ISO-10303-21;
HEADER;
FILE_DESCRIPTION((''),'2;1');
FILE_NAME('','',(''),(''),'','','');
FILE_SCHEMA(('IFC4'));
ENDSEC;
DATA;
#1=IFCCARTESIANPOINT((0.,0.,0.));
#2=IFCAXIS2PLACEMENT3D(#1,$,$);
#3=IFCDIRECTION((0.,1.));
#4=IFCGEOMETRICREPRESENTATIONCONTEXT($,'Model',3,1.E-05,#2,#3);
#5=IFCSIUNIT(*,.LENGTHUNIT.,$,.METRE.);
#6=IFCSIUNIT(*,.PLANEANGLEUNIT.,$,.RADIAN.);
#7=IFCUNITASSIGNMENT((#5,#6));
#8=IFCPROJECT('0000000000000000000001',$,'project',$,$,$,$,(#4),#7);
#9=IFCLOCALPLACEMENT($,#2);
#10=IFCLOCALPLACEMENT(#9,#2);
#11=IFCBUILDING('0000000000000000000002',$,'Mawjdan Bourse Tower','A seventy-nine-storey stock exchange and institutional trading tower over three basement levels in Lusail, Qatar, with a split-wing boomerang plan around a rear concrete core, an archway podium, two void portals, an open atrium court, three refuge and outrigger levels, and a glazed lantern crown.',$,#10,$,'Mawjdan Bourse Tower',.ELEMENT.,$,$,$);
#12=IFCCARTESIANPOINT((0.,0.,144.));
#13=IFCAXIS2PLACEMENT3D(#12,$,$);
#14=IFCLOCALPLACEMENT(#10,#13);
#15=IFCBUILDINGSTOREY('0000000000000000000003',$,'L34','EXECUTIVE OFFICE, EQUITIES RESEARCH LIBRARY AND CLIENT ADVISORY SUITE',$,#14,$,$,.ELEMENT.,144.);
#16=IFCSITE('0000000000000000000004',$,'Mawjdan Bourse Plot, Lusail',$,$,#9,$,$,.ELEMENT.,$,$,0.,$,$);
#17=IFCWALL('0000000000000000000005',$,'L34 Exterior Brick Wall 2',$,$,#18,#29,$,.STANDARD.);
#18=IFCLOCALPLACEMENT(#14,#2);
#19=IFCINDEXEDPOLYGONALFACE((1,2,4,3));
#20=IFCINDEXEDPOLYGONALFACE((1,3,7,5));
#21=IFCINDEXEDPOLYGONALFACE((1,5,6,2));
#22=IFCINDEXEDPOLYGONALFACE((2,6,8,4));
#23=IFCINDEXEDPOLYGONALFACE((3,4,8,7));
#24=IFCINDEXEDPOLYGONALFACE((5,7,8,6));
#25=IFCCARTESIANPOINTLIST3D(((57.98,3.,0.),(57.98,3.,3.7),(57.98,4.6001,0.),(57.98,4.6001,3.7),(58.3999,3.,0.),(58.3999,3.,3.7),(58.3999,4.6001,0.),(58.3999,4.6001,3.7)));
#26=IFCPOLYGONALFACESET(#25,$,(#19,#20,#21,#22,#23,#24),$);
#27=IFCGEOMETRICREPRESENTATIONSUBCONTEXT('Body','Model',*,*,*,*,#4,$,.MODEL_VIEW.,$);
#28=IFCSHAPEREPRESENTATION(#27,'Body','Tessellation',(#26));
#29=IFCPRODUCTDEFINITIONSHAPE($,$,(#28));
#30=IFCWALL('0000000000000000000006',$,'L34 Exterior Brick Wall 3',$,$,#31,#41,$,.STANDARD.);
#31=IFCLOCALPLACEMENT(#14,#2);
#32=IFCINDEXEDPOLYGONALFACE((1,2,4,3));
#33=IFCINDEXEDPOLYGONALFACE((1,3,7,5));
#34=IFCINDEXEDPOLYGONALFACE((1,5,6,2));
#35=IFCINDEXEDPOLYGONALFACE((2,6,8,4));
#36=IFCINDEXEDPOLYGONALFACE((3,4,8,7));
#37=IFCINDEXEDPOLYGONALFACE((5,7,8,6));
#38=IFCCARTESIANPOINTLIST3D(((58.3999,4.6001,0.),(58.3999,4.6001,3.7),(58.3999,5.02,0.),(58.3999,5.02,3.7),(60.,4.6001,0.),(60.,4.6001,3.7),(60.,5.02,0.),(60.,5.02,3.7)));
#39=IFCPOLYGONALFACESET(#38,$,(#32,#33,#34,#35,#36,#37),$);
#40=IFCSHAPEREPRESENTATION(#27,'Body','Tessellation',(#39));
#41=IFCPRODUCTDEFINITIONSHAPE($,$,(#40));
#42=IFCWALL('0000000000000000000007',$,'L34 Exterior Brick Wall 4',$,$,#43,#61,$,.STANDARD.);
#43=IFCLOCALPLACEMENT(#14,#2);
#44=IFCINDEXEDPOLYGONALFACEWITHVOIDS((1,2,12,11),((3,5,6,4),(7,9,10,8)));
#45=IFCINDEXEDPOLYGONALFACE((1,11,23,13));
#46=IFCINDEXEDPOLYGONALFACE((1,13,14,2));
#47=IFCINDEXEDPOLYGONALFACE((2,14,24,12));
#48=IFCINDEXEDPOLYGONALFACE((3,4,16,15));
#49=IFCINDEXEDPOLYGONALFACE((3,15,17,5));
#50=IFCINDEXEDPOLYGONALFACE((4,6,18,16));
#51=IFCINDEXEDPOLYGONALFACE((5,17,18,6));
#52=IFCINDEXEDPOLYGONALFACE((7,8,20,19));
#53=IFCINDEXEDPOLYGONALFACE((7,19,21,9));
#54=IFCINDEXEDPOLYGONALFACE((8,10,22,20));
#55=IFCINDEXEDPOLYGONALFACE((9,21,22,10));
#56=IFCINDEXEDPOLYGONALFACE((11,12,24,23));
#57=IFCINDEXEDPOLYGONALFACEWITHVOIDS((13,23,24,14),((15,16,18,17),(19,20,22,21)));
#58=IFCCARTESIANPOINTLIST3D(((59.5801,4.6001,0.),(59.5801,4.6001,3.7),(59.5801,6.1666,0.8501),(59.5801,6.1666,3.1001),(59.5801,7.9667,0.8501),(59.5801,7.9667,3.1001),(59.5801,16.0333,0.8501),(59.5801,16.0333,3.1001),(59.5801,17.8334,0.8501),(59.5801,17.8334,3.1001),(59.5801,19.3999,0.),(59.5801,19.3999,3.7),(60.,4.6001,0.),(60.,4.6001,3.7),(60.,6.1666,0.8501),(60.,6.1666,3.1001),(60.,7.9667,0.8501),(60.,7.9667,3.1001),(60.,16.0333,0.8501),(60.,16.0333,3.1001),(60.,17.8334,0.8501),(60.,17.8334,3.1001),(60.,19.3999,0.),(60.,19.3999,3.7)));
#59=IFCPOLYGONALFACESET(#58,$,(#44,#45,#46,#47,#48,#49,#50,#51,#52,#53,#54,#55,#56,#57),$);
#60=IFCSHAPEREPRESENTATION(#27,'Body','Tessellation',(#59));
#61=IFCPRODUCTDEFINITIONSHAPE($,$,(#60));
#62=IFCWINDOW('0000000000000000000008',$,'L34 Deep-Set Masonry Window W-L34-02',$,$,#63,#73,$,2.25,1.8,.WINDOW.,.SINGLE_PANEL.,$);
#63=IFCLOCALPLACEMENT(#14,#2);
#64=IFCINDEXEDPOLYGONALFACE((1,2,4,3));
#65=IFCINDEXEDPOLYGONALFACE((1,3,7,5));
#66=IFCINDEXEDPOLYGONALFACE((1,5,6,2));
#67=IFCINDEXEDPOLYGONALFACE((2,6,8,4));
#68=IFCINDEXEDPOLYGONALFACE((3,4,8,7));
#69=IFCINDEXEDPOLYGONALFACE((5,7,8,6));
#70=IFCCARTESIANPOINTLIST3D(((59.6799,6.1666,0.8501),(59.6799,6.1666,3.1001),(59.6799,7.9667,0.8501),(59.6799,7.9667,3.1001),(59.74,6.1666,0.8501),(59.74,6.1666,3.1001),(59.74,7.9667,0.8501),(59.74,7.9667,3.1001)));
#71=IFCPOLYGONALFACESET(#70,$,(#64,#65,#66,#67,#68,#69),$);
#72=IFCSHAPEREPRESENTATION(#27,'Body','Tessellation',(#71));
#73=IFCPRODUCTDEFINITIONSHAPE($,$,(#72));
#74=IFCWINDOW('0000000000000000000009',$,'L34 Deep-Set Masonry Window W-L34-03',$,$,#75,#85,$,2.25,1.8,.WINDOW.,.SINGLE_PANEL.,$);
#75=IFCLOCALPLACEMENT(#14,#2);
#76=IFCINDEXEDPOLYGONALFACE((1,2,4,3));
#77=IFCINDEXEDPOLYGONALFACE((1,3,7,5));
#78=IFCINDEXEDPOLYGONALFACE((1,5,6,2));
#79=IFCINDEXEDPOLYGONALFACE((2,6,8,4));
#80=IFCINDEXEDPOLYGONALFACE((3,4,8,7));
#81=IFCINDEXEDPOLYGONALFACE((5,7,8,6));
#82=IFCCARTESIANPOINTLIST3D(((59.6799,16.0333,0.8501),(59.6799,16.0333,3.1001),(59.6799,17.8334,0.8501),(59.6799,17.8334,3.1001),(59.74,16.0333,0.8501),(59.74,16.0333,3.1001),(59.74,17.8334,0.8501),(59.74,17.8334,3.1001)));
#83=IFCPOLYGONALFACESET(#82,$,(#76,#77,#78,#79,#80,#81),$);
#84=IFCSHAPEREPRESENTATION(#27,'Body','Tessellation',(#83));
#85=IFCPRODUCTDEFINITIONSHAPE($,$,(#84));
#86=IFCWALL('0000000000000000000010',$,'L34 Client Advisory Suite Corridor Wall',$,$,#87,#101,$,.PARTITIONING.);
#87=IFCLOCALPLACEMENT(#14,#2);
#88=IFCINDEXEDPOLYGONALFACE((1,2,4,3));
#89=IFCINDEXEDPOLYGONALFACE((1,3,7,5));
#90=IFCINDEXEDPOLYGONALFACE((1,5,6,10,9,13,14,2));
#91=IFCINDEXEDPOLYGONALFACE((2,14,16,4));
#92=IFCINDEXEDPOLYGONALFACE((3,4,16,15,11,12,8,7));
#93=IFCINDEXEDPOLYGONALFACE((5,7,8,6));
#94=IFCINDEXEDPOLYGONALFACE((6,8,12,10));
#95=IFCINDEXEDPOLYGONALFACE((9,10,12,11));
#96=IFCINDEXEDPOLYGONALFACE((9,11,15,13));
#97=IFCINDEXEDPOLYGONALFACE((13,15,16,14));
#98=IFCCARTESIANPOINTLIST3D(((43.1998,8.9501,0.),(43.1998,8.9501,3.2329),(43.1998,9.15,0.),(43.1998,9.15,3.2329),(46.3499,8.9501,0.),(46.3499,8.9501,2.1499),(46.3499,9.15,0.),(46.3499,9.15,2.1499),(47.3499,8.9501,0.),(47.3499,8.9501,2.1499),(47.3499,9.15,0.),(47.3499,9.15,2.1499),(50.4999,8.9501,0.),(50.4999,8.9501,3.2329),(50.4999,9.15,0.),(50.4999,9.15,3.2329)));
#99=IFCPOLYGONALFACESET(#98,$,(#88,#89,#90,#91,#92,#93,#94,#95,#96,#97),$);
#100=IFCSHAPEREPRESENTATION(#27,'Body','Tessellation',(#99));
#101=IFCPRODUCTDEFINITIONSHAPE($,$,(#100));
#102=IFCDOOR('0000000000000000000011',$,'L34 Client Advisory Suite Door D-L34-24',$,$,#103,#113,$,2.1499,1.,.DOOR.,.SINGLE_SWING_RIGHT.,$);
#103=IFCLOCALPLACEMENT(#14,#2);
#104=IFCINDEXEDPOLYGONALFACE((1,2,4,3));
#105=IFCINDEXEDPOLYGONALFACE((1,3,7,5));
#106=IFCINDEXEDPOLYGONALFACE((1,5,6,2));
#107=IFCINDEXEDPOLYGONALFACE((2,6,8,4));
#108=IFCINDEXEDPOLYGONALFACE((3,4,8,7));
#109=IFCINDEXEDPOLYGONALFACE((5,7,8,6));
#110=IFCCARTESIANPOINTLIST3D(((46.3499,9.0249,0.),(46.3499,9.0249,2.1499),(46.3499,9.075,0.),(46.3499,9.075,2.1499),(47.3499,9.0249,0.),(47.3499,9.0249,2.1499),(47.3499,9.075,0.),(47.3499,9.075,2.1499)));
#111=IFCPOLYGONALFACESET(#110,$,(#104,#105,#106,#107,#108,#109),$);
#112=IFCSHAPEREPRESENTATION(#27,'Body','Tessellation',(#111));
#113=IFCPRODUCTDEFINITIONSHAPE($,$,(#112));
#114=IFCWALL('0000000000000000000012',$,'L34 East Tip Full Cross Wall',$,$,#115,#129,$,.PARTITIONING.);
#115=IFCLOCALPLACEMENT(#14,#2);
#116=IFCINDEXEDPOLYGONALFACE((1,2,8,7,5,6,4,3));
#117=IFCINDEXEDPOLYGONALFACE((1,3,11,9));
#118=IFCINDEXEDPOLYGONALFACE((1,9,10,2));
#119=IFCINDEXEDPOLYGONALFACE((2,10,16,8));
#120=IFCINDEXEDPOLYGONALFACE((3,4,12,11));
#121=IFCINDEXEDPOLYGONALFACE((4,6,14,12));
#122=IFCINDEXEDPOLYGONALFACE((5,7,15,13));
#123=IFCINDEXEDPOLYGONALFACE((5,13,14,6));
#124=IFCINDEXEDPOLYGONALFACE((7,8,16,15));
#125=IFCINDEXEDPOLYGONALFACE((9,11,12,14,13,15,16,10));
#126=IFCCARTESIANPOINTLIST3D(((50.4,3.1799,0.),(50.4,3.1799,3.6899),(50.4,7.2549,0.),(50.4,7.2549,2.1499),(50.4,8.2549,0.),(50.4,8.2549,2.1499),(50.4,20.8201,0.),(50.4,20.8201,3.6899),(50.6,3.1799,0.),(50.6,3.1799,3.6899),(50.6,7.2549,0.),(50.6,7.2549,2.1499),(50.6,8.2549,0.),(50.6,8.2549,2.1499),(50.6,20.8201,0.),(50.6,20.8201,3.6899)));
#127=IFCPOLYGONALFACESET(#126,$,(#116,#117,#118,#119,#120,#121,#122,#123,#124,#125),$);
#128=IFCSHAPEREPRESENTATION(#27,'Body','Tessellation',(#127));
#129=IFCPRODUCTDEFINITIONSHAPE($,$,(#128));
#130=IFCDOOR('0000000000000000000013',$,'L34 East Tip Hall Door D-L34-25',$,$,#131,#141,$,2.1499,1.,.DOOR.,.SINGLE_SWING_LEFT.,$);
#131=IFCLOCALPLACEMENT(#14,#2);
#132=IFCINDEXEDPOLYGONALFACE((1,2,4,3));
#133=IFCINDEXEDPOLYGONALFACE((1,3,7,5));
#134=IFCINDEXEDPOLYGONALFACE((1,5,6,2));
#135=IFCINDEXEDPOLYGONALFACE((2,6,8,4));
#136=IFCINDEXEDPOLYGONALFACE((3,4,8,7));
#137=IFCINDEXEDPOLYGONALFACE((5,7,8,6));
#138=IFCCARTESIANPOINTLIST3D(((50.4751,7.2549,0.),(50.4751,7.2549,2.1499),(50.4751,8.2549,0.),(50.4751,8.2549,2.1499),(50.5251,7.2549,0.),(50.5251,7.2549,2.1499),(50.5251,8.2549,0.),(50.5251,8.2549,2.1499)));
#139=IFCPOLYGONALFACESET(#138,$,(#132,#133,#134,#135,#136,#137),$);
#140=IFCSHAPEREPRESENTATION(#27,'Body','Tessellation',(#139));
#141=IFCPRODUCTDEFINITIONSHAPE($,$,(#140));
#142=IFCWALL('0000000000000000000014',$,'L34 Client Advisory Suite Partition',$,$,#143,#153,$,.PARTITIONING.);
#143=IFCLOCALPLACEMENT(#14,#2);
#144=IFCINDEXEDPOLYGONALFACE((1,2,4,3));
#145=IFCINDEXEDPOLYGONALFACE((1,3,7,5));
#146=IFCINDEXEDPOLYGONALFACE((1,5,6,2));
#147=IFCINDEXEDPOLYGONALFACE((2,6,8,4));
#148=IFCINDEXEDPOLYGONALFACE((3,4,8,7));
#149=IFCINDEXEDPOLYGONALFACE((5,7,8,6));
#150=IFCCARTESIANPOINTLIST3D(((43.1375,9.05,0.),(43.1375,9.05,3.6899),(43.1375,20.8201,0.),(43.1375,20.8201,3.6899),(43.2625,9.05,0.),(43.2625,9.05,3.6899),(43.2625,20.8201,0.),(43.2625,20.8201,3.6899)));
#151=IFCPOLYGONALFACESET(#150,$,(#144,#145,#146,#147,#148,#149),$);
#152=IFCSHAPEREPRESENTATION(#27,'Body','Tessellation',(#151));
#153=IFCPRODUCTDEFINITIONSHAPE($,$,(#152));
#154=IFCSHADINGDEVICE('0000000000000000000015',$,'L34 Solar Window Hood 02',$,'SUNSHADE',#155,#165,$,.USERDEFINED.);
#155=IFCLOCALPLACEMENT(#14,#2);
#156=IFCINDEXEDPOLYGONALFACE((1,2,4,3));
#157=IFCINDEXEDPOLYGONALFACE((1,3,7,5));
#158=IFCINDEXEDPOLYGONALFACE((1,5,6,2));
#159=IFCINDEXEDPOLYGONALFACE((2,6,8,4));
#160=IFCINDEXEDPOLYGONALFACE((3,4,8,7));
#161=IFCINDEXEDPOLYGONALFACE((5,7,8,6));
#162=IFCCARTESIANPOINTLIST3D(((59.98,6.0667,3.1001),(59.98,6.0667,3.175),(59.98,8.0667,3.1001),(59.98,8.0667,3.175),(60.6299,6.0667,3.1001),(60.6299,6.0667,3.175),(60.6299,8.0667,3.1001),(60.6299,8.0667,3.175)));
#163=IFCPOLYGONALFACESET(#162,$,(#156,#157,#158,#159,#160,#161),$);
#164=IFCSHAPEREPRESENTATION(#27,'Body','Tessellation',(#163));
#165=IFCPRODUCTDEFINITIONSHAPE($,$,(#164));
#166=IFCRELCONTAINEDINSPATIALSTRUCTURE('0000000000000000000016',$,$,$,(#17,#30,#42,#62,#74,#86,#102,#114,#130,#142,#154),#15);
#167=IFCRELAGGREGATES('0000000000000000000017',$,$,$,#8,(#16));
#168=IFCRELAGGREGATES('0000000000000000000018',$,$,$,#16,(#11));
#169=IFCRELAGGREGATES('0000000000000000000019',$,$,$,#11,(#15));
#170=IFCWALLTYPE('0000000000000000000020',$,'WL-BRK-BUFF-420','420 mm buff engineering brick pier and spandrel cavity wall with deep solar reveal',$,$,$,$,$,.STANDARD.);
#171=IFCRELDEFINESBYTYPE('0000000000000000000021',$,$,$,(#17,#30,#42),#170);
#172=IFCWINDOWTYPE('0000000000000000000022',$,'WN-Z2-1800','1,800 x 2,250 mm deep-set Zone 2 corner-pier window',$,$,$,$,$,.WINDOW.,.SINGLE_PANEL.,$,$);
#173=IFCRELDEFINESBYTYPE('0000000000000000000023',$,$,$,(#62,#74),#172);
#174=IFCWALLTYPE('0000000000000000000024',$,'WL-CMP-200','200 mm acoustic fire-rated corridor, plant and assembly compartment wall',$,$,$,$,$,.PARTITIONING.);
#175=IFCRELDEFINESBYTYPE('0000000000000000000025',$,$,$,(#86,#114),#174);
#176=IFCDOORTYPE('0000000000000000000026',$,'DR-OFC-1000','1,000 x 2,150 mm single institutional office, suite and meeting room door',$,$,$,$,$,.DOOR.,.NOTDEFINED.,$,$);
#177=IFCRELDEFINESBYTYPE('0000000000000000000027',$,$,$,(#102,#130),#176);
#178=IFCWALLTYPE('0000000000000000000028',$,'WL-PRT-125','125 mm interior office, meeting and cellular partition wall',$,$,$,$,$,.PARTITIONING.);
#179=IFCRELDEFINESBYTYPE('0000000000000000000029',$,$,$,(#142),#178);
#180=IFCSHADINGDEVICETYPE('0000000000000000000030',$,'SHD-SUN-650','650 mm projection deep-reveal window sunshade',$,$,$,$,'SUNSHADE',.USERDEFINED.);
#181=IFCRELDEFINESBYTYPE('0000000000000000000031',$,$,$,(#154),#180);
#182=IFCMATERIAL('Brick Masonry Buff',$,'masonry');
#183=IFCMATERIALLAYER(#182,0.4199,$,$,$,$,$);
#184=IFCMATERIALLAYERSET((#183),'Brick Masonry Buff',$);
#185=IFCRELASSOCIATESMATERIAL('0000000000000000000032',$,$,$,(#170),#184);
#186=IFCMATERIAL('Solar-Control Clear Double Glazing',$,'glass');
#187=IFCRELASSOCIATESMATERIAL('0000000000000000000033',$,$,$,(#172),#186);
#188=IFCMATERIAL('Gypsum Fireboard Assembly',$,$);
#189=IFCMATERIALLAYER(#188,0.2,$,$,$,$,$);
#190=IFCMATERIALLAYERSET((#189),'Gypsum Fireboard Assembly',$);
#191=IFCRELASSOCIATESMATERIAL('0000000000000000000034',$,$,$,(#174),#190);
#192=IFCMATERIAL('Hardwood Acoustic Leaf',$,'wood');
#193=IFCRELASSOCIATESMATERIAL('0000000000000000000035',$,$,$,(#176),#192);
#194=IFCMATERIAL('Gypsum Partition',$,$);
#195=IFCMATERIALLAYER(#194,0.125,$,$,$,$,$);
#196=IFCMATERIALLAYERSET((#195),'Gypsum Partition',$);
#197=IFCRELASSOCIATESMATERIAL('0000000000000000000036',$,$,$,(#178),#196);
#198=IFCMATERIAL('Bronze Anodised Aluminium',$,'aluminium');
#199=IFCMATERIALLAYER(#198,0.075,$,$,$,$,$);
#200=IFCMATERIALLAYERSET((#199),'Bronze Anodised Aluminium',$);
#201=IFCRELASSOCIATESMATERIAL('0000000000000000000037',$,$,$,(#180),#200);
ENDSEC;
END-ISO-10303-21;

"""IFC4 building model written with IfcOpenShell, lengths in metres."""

from ifc_helpers import new_model, si_unit, direction, frame, frame_2d, origin, origin_2d, place, context, subcontext, project, spatial, rectangle, extrude, material, layer, layer_set, type_object, element, fill, save


model = new_model("IFC4")

# Units and contexts
model_context = context("Model", 3, precision=1e-05, world=origin(), true_north=direction((0.0, 1.0)))
body_context = subcontext(model_context, "Body", "Model", "MODEL_VIEW")
ifc_project = project(units=[si_unit("LENGTHUNIT", "METRE"), si_unit("PLANEANGLEUNIT", "RADIAN")], contexts=[model_context])

# Site, building, storey
site_placement = place(None, origin())
site = spatial("IfcSite", under=ifc_project, at=site_placement, Name="Mawjdan Bourse Plot, Lusail", CompositionType="ELEMENT", RefElevation=0.0)
building_placement = place(site_placement, origin())
building = spatial("IfcBuilding", under=site, at=building_placement, Name="Mawjdan Bourse Tower", Description="A seventy-nine-storey stock exchange and institutional trading tower over three basement levels in Lusail, Qatar, with a split-wing boomerang plan around a rear concrete core, an archway podium, two void portals, an open atrium court, three refuge and outrigger levels, and a glazed lantern crown.", LongName="Mawjdan Bourse Tower", CompositionType="ELEMENT")
storey_placement = place(building_placement, frame((0.0, 0.0, 144.0)))
storey = spatial("IfcBuildingStorey", under=building, at=storey_placement, Name="L34", Description="EXECUTIVE OFFICE, EQUITIES RESEARCH LIBRARY AND CLIENT ADVISORY SUITE", CompositionType="ELEMENT", Elevation=144.0)

# Walls
ifc_material_1 = material(Name="Brick Masonry Buff", Category="masonry")
ifc_layer_1 = layer(ifc_material_1, 0.4199)
ifc_layer_set_1 = layer_set([ifc_layer_1], Name="Brick Masonry Buff")
wall_type_1 = type_object("IfcWallType", Name="WL-BRK-BUFF-420", Description="420 mm buff engineering brick pier and spandrel cavity wall with deep solar reveal", PredefinedType="STANDARD", material=ifc_layer_set_1)
for number, where, z_axis, x_axis, name in (
    (1, (58.1899, 3.0, 0.0), (0.0, 0.0, 1.0), (0.0, 1.0, 0.0), "L34 Exterior Brick Wall 2"),
    (2, (58.3999, 4.8101, 0.0), (0.0, 0.0, 1.0), (1.0, 0.0, 0.0), "L34 Exterior Brick Wall 3"),
):
    element("IfcWall", number, at=place(storey_placement, frame(where, z_axis=z_axis, x_axis=x_axis)), inside=storey, type_object=wall_type_1, Name=name, PredefinedType="STANDARD", context=body_context, shape_type="SweptSolid", body=[
        extrude(rectangle(XDim=1.6001, YDim=0.4199, at=frame_2d((0.8, 0.0))), origin(), (0.0, 0.0, 1.0), 3.7),
    ])

# Wall, openings, windows
wall_1_placement = place(storey_placement, frame((59.79, 4.6001, 0.0), z_axis=(0.0, 0.0, 1.0), x_axis=(0.0, 1.0, 0.0)))
wall_1 = element("IfcWall", 3, at=wall_1_placement, inside=storey, type_object=wall_type_1, Name="L34 Exterior Brick Wall 4", PredefinedType="STANDARD", context=body_context, shape_type="SweptSolid", body=[
    extrude(rectangle(XDim=14.7998, YDim=0.4199, at=frame_2d((7.3999, 0.0))), origin(), (0.0, 0.0, 1.0), 3.7),
])
opening_1_placement = place(wall_1_placement, frame((1.5667, 0.0, 0.8501)))
opening_1 = element("IfcOpeningElement", 4, at=opening_1_placement, cuts=wall_1, PredefinedType="OPENING", context=body_context, shape_type="SweptSolid", body=[
    extrude(rectangle(XDim=1.8, YDim=2.25, at=frame_2d((0.8999, 1.125))), frame((0.0, 0.22, 0.0), z_axis=(0.0, -1.0, 0.0), x_axis=(1.0, 0.0, 0.0)), (0.0, 0.0, 1.0), 0.4399),
])
opening_2_placement = place(wall_1_placement, frame((11.4333, 0.0, 0.8501)))
opening_2 = element("IfcOpeningElement", 5, at=opening_2_placement, cuts=wall_1, PredefinedType="OPENING", context=body_context, shape_type="SweptSolid", body=[
    extrude(rectangle(XDim=1.8, YDim=2.25, at=frame_2d((0.8999, 1.125))), frame((0.0, 0.22, 0.0), z_axis=(0.0, -1.0, 0.0), x_axis=(1.0, 0.0, 0.0)), (0.0, 0.0, 1.0), 0.4399),
])
ifc_material_2 = material(Name="Solar-Control Clear Double Glazing", Category="glass")
window_type = type_object("IfcWindowType", Name="WN-Z2-1800", Description="1,800 x 2,250 mm deep-set Zone 2 corner-pier window", PartitioningType="SINGLE_PANEL", PredefinedType="WINDOW", material=ifc_material_2)
window_1_placement = place(opening_1_placement, origin())
window_1 = element("IfcWindow", 6, at=window_1_placement, inside=storey, type_object=window_type, Name="L34 Deep-Set Masonry Window W-L34-02", OverallHeight=2.25, OverallWidth=1.8, PartitioningType="SINGLE_PANEL", PredefinedType="WINDOW", context=body_context, shape_type="SweptSolid", body=[
    extrude(rectangle(XDim=1.8, YDim=2.25, at=frame_2d((0.8999, 1.125))), frame((0.0, 0.1101, 0.0), z_axis=(0.0, -1.0, 0.0), x_axis=(1.0, 0.0, 0.0)), (0.0, 0.0, 1.0), 0.0601),
])
fill(opening_1, window_1)
window_2_placement = place(opening_2_placement, origin())
window_2 = element("IfcWindow", 7, at=window_2_placement, inside=storey, type_object=window_type, Name="L34 Deep-Set Masonry Window W-L34-03", OverallHeight=2.25, OverallWidth=1.8, PartitioningType="SINGLE_PANEL", PredefinedType="WINDOW", context=body_context, shape_type="SweptSolid", body=[
    extrude(rectangle(XDim=1.8, YDim=2.25, at=frame_2d((0.8999, 1.125))), frame((0.0, 0.1101, 0.0), z_axis=(0.0, -1.0, 0.0), x_axis=(1.0, 0.0, 0.0)), (0.0, 0.0, 1.0), 0.0601),
])
fill(opening_2, window_2)

# Walls, openings, doors
ifc_material_3 = material(Name="Gypsum Fireboard Assembly")
ifc_layer_2 = layer(ifc_material_3, 0.2)
ifc_layer_set_2 = layer_set([ifc_layer_2], Name="Gypsum Fireboard Assembly")
wall_type_2 = type_object("IfcWallType", Name="WL-CMP-200", Description="200 mm acoustic fire-rated corridor, plant and assembly compartment wall", PredefinedType="PARTITIONING", material=ifc_layer_set_2)
wall_2_placement = place(storey_placement, frame((43.2, 9.05, 0.0), z_axis=(0.0, 0.0, 1.0), x_axis=(1.0, 0.0, 0.0)))
wall_2 = element("IfcWall", 8, at=wall_2_placement, inside=storey, type_object=wall_type_2, Name="L34 Client Advisory Suite Corridor Wall", PredefinedType="PARTITIONING", context=body_context, shape_type="SweptSolid", body=[
    extrude(rectangle(XDim=7.3, YDim=0.2, at=frame_2d((3.6499, 0.0))), origin(), (0.0, 0.0, 1.0), 3.2329),
])
opening_3_placement = place(wall_2_placement, frame((3.1499, 0.0, 0.0)))
opening_3 = element("IfcOpeningElement", 9, at=opening_3_placement, cuts=wall_2, PredefinedType="OPENING", context=body_context, shape_type="SweptSolid", body=[
    extrude(rectangle(XDim=1.0, YDim=2.1499, at=frame_2d((0.5, 1.075))), frame((0.0, 0.1099, 0.0), z_axis=(0.0, -1.0, 0.0), x_axis=(1.0, 0.0, 0.0)), (0.0, 0.0, 1.0), 0.22),
])
ifc_material_4 = material(Name="Hardwood Acoustic Leaf", Category="wood")
door_type = type_object("IfcDoorType", Name="DR-OFC-1000", Description="1,000 x 2,150 mm single institutional office, suite and meeting room door", OperationType="NOTDEFINED", PredefinedType="DOOR", material=ifc_material_4)
door_1_placement = place(opening_3_placement, origin())
door_1 = element("IfcDoor", 10, at=door_1_placement, inside=storey, type_object=door_type, Name="L34 Client Advisory Suite Door D-L34-24", OperationType="SINGLE_SWING_RIGHT", OverallHeight=2.1499, OverallWidth=1.0, PredefinedType="DOOR", context=body_context, shape_type="SweptSolid", body=[
    extrude(rectangle(XDim=1.0, YDim=2.1499, at=frame_2d((0.5, 1.075))), frame((0.0, 0.0249, 0.0), z_axis=(0.0, -1.0, 0.0), x_axis=(1.0, 0.0, 0.0)), (0.0, 0.0, 1.0), 0.05),
])
fill(opening_3, door_1)
wall_3_placement = place(storey_placement, frame((50.5, 3.1799, 0.0), z_axis=(0.0, 0.0, 1.0), x_axis=(0.0, 1.0, 0.0)))
wall_3 = element("IfcWall", 11, at=wall_3_placement, inside=storey, type_object=wall_type_2, Name="L34 East Tip Full Cross Wall", PredefinedType="PARTITIONING", context=body_context, shape_type="SweptSolid", body=[
    extrude(rectangle(XDim=17.6401, YDim=0.2, at=frame_2d((8.8201, 0.0))), origin(), (0.0, 0.0, 1.0), 3.6899),
])
opening_4_placement = place(wall_3_placement, frame((4.075, 0.0, 0.0)))
opening_4 = element("IfcOpeningElement", 12, at=opening_4_placement, cuts=wall_3, PredefinedType="OPENING", context=body_context, shape_type="SweptSolid", body=[
    extrude(rectangle(XDim=1.0, YDim=2.1499, at=frame_2d((0.5, 1.075))), frame((0.0, 0.1099, 0.0), z_axis=(0.0, -1.0, 0.0), x_axis=(1.0, 0.0, 0.0)), (0.0, 0.0, 1.0), 0.22),
])
door_2_placement = place(opening_4_placement, origin())
door_2 = element("IfcDoor", 13, at=door_2_placement, inside=storey, type_object=door_type, Name="L34 East Tip Hall Door D-L34-25", OperationType="SINGLE_SWING_LEFT", OverallHeight=2.1499, OverallWidth=1.0, PredefinedType="DOOR", context=body_context, shape_type="SweptSolid", body=[
    extrude(rectangle(XDim=1.0, YDim=2.1499, at=frame_2d((0.5, 1.075))), frame((0.0, 0.0249, 0.0), z_axis=(0.0, -1.0, 0.0), x_axis=(1.0, 0.0, 0.0)), (0.0, 0.0, 1.0), 0.05),
])
fill(opening_4, door_2)

# Wall
ifc_material_5 = material(Name="Gypsum Partition")
ifc_layer_3 = layer(ifc_material_5, 0.125)
ifc_layer_set_3 = layer_set([ifc_layer_3], Name="Gypsum Partition")
wall_type_3 = type_object("IfcWallType", Name="WL-PRT-125", Description="125 mm interior office, meeting and cellular partition wall", PredefinedType="PARTITIONING", material=ifc_layer_set_3)
wall_4_placement = place(storey_placement, frame((43.2, 9.05, 0.0), z_axis=(0.0, 0.0, 1.0), x_axis=(0.0, 1.0, 0.0)))
element("IfcWall", 14, at=wall_4_placement, inside=storey, type_object=wall_type_3, Name="L34 Client Advisory Suite Partition", PredefinedType="PARTITIONING", context=body_context, shape_type="SweptSolid", body=[
    extrude(rectangle(XDim=11.77, YDim=0.125, at=frame_2d((5.885, 0.0))), origin(), (0.0, 0.0, 1.0), 3.6899),
])

# Shading device
ifc_material_6 = material(Name="Bronze Anodised Aluminium", Category="aluminium")
ifc_layer_4 = layer(ifc_material_6, 0.075)
ifc_layer_set_4 = layer_set([ifc_layer_4], Name="Bronze Anodised Aluminium")
shading_device_type = type_object("IfcShadingDeviceType", Name="SHD-SUN-650", Description="650 mm projection deep-reveal window sunshade", ElementType="SUNSHADE", PredefinedType="USERDEFINED", material=ifc_layer_set_4)
shading_device_placement = place(storey_placement, frame((60.3049, 7.0667, 3.1001), z_axis=(0.0, 0.0, 1.0), x_axis=(0.0, 1.0, 0.0)))
element("IfcShadingDevice", 15, at=shading_device_placement, inside=storey, type_object=shading_device_type, Name="L34 Solar Window Hood 02", ObjectType="SUNSHADE", PredefinedType="USERDEFINED", context=body_context, shape_type="SweptSolid", body=[
    extrude(rectangle(XDim=2.0, YDim=0.6499, at=origin_2d()), origin(), (0.0, 0.0, 1.0), 0.075),
])

save(model, "model.ifc")
